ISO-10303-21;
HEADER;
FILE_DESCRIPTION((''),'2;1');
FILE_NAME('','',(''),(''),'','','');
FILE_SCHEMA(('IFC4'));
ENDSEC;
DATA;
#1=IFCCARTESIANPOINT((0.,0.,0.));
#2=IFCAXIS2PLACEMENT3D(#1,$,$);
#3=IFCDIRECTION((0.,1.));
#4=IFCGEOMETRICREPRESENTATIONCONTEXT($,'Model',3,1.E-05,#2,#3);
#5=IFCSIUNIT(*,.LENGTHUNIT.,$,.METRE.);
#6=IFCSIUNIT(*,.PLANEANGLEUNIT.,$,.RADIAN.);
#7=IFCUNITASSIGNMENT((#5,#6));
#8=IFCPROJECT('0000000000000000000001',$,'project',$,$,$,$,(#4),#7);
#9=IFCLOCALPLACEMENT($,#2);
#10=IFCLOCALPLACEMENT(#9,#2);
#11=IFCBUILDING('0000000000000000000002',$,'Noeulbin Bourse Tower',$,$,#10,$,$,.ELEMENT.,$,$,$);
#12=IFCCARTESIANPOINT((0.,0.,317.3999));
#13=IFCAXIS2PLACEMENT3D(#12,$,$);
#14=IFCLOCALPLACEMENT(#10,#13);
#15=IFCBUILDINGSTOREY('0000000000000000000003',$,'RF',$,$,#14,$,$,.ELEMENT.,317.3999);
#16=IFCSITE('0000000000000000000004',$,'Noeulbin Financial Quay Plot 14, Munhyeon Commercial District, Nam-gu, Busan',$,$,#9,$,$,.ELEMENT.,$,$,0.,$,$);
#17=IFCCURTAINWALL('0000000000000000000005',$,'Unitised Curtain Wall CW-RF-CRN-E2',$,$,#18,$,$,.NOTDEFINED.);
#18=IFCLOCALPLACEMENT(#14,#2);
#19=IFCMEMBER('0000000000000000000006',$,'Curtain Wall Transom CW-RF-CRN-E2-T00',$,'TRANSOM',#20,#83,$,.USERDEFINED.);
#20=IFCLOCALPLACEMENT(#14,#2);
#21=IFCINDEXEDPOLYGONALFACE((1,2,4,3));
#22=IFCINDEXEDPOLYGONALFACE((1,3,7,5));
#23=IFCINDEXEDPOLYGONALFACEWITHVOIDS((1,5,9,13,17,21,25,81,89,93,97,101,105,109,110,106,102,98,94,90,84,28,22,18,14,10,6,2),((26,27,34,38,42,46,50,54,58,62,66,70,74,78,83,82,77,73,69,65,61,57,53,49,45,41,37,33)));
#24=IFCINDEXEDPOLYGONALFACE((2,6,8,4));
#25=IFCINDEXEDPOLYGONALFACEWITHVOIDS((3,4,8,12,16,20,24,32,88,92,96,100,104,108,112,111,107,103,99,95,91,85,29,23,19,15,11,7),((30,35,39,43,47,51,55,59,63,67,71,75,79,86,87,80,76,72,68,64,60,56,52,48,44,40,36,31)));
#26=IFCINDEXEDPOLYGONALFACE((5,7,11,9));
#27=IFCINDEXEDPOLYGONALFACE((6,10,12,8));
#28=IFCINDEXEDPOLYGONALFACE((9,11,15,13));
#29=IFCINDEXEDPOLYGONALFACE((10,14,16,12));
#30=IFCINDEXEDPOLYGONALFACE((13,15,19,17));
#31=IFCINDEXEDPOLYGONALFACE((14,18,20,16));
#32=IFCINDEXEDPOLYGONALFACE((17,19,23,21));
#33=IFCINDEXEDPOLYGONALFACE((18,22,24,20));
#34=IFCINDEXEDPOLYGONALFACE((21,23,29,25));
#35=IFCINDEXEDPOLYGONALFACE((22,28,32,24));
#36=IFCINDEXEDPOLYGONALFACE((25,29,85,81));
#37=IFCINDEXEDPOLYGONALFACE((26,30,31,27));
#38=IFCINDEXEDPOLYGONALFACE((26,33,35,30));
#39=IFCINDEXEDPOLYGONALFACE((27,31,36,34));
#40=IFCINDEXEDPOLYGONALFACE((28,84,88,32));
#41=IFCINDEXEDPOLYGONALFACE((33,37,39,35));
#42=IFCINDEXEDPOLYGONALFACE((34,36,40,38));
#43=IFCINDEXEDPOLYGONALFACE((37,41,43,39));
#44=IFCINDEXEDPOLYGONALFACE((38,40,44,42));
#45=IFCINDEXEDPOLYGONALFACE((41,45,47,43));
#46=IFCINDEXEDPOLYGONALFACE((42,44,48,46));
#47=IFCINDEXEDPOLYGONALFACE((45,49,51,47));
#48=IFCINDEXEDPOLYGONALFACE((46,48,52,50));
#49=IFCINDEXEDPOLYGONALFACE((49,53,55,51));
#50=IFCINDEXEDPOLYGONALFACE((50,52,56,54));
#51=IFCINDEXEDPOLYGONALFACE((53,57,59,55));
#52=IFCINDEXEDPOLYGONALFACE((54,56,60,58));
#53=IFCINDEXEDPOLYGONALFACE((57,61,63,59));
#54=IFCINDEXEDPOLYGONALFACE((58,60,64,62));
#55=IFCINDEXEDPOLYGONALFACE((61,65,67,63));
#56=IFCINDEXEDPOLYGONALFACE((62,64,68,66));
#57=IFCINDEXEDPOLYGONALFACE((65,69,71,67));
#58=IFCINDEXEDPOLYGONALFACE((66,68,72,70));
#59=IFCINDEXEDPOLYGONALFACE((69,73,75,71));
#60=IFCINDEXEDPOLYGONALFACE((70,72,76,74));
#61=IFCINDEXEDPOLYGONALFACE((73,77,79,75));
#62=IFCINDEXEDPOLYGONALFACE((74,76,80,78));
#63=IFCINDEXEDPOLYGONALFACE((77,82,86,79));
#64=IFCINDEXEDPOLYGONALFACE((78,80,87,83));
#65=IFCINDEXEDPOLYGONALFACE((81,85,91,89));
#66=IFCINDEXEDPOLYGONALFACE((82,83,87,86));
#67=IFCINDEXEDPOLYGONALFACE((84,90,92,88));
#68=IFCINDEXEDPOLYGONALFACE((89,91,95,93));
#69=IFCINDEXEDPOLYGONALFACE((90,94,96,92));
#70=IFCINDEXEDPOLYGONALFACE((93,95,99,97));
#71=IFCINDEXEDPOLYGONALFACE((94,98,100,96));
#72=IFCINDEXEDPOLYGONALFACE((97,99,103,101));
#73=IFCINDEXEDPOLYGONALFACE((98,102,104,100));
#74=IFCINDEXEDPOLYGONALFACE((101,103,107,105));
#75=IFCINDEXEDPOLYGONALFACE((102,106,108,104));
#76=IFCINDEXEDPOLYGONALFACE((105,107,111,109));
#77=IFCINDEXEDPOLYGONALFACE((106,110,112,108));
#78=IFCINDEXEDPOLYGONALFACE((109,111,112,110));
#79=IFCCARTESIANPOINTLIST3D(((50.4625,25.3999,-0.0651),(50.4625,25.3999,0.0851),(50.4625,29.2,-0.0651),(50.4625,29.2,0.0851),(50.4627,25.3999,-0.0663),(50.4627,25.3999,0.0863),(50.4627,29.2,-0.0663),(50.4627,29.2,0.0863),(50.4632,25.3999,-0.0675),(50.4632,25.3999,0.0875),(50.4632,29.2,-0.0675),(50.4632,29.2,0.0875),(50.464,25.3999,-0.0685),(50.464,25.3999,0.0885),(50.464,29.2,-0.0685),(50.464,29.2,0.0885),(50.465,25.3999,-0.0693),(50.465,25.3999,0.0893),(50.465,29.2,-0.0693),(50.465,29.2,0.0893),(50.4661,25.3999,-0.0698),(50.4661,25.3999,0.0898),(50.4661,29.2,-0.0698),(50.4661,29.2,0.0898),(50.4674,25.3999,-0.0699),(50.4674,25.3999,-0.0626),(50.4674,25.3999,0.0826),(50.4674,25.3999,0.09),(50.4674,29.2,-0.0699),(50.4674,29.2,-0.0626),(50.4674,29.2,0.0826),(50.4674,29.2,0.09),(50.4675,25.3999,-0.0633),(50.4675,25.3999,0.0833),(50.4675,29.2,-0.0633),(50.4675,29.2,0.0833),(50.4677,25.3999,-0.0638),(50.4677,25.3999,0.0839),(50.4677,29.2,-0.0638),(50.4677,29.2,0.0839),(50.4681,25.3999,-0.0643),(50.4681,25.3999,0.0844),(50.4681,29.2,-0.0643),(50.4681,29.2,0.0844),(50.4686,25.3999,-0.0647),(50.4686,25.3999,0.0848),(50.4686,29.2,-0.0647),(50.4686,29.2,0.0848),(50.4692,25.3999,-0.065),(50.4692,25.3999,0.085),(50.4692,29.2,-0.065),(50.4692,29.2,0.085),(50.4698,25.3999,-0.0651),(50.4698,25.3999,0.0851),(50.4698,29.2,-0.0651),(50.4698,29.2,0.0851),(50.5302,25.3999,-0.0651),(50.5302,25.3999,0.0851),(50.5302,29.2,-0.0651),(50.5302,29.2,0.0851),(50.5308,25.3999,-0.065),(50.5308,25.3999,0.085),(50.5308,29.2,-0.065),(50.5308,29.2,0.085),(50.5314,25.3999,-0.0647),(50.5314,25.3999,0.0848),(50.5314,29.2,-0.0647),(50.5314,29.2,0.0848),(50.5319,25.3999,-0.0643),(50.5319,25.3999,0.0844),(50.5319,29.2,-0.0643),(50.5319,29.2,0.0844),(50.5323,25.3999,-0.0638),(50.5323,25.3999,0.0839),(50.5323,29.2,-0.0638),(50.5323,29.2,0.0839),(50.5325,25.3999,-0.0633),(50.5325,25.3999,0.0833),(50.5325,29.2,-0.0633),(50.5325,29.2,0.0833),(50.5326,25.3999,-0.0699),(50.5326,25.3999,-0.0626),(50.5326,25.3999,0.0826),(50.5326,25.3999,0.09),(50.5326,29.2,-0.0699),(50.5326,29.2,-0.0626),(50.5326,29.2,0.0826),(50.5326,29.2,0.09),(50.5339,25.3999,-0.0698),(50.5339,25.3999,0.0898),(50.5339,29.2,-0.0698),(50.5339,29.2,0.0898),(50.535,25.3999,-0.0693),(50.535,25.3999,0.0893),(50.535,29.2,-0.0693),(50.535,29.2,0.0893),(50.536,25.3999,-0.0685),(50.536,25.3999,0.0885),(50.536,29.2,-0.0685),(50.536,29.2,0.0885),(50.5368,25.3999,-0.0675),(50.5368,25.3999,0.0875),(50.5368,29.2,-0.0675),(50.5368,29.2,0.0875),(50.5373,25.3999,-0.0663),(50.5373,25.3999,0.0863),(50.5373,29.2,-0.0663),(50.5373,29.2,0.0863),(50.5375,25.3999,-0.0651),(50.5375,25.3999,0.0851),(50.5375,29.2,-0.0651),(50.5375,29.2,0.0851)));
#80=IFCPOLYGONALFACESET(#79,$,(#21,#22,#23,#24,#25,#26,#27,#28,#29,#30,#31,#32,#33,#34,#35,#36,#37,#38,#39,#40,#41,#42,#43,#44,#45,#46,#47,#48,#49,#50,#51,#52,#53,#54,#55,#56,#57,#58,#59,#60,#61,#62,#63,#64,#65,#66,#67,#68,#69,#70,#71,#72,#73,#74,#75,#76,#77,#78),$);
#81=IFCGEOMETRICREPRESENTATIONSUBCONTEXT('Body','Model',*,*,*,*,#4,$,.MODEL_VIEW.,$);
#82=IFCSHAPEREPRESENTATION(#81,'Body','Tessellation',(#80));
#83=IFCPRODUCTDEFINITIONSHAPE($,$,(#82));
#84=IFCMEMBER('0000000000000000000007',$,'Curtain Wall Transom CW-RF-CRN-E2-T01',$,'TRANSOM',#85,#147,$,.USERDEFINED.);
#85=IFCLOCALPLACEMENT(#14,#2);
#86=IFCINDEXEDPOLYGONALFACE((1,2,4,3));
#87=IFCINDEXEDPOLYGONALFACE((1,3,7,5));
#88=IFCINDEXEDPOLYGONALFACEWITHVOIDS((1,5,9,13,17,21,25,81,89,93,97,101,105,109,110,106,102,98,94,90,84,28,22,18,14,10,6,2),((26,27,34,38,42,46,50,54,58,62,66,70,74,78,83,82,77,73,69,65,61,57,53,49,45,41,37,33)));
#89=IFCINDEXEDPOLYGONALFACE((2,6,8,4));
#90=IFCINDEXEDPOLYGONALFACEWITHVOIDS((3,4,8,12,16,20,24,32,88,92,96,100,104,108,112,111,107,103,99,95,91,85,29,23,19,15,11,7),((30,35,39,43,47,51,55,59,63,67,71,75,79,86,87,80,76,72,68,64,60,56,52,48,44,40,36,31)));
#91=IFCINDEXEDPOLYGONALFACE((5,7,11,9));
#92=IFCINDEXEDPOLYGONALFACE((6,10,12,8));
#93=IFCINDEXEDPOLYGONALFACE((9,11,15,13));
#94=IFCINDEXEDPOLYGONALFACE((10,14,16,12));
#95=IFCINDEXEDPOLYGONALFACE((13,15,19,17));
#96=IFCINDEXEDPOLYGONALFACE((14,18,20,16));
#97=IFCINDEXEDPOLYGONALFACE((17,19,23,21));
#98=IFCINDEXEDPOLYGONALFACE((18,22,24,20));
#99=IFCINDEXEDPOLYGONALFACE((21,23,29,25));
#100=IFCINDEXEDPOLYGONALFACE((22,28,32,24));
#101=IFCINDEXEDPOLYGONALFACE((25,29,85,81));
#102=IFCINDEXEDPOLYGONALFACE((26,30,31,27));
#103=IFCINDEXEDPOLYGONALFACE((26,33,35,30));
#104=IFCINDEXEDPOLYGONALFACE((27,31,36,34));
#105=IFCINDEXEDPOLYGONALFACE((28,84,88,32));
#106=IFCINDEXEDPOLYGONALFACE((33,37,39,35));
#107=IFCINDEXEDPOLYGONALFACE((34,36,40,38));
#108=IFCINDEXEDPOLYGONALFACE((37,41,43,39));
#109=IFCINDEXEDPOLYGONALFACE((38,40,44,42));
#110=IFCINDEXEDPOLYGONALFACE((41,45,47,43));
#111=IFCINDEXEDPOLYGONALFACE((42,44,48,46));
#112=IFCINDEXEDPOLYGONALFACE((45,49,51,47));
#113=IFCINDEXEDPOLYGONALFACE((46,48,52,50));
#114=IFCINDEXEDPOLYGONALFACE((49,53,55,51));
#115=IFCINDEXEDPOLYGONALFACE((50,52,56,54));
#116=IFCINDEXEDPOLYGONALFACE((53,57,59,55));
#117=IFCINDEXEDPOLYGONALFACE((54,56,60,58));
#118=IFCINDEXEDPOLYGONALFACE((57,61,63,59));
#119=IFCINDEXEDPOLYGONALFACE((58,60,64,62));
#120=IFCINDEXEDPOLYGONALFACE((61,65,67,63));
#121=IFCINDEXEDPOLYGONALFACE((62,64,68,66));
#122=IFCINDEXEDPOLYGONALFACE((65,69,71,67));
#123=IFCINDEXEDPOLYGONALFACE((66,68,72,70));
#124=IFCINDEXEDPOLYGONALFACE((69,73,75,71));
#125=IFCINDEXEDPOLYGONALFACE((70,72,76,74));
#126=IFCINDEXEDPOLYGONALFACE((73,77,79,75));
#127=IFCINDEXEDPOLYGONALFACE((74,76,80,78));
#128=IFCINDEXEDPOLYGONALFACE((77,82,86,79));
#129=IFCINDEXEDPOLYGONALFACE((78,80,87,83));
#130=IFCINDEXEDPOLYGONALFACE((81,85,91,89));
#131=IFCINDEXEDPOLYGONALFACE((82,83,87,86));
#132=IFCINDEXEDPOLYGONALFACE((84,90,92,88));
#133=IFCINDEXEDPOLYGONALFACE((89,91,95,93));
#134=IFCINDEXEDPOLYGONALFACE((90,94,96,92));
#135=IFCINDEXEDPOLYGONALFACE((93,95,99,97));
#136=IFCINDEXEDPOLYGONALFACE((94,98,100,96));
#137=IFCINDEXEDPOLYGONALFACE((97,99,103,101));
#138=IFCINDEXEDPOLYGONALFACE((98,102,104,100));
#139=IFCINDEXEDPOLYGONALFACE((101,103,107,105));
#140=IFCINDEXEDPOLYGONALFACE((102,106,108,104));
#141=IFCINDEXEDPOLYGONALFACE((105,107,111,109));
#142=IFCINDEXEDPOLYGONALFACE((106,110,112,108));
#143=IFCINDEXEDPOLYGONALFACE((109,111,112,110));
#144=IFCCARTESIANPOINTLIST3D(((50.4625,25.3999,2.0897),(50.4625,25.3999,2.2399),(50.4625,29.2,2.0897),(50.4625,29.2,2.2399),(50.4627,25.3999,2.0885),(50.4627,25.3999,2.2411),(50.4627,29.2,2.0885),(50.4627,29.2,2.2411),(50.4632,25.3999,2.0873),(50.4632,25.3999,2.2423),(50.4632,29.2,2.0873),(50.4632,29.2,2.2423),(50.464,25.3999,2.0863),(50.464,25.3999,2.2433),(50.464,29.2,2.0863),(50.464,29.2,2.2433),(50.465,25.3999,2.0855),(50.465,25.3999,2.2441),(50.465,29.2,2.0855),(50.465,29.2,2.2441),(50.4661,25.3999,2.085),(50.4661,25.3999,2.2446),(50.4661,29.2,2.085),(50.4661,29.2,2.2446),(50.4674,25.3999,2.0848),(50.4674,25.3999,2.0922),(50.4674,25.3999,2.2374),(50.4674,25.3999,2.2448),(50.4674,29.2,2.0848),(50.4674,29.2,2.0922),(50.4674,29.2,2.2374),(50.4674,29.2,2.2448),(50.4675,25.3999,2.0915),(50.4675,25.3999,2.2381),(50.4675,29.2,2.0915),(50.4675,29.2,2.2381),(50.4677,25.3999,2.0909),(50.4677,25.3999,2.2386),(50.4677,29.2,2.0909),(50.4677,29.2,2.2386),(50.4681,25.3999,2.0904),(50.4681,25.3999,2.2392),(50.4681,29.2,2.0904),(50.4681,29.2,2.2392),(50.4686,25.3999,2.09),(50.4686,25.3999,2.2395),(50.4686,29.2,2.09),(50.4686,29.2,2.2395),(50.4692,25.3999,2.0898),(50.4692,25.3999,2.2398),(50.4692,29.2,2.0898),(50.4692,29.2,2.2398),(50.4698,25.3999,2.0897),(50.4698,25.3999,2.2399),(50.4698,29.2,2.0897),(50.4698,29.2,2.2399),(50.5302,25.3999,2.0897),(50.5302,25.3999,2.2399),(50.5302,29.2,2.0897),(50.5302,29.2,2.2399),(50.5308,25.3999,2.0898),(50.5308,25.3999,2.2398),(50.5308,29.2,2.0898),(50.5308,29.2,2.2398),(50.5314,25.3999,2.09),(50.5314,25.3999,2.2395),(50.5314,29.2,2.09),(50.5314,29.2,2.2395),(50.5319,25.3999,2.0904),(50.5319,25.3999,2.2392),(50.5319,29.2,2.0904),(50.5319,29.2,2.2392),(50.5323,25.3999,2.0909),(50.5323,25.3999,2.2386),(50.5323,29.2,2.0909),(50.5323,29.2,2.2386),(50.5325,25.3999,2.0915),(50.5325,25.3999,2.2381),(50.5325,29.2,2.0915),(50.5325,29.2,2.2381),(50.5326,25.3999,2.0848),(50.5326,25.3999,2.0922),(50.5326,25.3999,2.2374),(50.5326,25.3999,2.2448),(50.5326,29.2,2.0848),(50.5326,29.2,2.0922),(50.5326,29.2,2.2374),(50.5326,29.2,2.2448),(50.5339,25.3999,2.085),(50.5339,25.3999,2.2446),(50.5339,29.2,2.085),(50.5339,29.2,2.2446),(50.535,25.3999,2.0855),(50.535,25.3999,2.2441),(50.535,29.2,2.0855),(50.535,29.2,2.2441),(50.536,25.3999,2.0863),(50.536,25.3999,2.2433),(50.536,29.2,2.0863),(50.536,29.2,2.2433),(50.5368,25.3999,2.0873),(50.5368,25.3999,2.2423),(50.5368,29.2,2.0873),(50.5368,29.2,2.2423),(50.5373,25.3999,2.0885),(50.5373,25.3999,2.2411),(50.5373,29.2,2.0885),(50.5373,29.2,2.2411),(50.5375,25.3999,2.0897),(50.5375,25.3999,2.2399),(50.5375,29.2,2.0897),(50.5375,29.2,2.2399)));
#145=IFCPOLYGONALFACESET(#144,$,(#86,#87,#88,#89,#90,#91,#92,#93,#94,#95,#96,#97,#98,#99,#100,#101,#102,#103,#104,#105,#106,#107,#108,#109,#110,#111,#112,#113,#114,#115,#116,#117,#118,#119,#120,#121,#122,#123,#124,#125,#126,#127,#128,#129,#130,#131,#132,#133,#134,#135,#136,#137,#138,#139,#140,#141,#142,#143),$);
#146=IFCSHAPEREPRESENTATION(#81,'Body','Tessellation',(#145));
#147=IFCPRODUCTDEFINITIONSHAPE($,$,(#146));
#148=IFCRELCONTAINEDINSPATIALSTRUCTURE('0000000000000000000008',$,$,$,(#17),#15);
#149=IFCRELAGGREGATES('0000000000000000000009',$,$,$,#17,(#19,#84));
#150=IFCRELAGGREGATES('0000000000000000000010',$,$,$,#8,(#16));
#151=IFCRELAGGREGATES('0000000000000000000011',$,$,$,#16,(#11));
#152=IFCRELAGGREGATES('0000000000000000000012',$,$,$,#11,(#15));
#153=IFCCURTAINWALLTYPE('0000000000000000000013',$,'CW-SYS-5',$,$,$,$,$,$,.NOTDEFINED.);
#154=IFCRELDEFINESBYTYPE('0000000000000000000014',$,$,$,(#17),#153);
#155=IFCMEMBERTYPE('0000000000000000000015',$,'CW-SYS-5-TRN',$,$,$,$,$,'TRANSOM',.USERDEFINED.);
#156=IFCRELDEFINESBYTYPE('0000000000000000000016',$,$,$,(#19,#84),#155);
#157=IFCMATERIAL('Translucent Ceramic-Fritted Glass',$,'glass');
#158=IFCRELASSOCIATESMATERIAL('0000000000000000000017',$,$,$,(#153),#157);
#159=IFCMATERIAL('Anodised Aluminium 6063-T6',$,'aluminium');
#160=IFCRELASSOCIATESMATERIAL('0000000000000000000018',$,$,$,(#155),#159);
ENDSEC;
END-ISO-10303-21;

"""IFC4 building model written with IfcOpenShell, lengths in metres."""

from ifc_helpers import new_model, si_unit, direction, frame, origin, origin_2d, place, context, subcontext, project, spatial, hollow_rectangle, extrude, material, material_profile, profile_set, type_object, element, aggregate, save


model = new_model("IFC4")

# Units and contexts
model_context = context("Model", 3, precision=1e-05, world=origin(), true_north=direction((0.0, 1.0)))
body_context = subcontext(model_context, "Body", "Model", "MODEL_VIEW")
ifc_project = project(units=[si_unit("LENGTHUNIT", "METRE"), si_unit("PLANEANGLEUNIT", "RADIAN")], contexts=[model_context])

# Site, building, storey
site_placement = place(None, origin())
site = spatial("IfcSite", under=ifc_project, at=site_placement, Name="Noeulbin Financial Quay Plot 14, Munhyeon Commercial District, Nam-gu, Busan", CompositionType="ELEMENT", RefElevation=0.0)
building_placement = place(site_placement, origin())
building = spatial("IfcBuilding", under=site, at=building_placement, Name="Noeulbin Bourse Tower", CompositionType="ELEMENT")
storey_placement = place(building_placement, frame((0.0, 0.0, 317.3999)))
storey = spatial("IfcBuildingStorey", under=building, at=storey_placement, Name="RF", CompositionType="ELEMENT", Elevation=317.3999)

# Curtain wall
ifc_material_1 = material(Name="Translucent Ceramic-Fritted Glass", Category="glass")
curtain_wall_type = type_object("IfcCurtainWallType", Name="CW-SYS-5", PredefinedType="NOTDEFINED", material=ifc_material_1)
curtain_wall_1_placement = place(storey_placement, origin())
curtain_wall_1 = element("IfcCurtainWall", 1, at=curtain_wall_1_placement, inside=storey, type_object=curtain_wall_type, Name="Unitised Curtain Wall CW-RF-CRN-E2", PredefinedType="NOTDEFINED")
ifc_material_2 = material(Name="Anodised Aluminium 6063-T6", Category="aluminium")

# Members
ifc_material_profile_1 = material_profile(ifc_material_2, hollow_rectangle(XDim=0.075, YDim=0.1599, WallThickness=0.0049, InnerFilletRadius=0.0024, OuterFilletRadius=0.0049, at=origin_2d()), Name="ALU-TRAN-75x160x5", Category="LoadBearing")
ifc_profile_set_1 = profile_set([ifc_material_profile_1], Name="Anodised Aluminium 6063-T6")
member_type_1 = type_object("IfcMemberType", Name="CW-SYS-5-TRN", ElementType="TRANSOM", PredefinedType="USERDEFINED", material=ifc_profile_set_1)
member_1_placement = place(storey_placement, frame((50.5, 25.3999, 0.01), z_axis=(0.0, 1.0, 0.0), x_axis=(-1.0, 0.0, 0.0)))
member_1 = element("IfcMember", 2, at=member_1_placement, type_object=member_type_1, Name="Curtain Wall Transom CW-RF-CRN-E2-T00", ObjectType="TRANSOM", PredefinedType="USERDEFINED", context=body_context, shape_type="SweptSolid", body=[
    extrude(hollow_rectangle(XDim=0.075, YDim=0.1599, WallThickness=0.0049, InnerFilletRadius=0.0024, OuterFilletRadius=0.0049, at=origin_2d()), origin(), (0.0, 0.0, 1.0), 3.8),
])
member_2_placement = place(storey_placement, frame((50.5, 25.3999, 2.1648), z_axis=(0.0, 1.0, 0.0), x_axis=(-1.0, 0.0, 0.0)))
member_2 = element("IfcMember", 3, at=member_2_placement, type_object=member_type_1, Name="Curtain Wall Transom CW-RF-CRN-E2-T01", ObjectType="TRANSOM", PredefinedType="USERDEFINED", context=body_context, shape_type="SweptSolid", body=[
    extrude(hollow_rectangle(XDim=0.075, YDim=0.1599, WallThickness=0.0049, InnerFilletRadius=0.0024, OuterFilletRadius=0.0049, at=origin_2d()), origin(), (0.0, 0.0, 1.0), 3.8),
])

aggregate(curtain_wall_1, [member_1, member_2])

save(model, "model.ifc")
